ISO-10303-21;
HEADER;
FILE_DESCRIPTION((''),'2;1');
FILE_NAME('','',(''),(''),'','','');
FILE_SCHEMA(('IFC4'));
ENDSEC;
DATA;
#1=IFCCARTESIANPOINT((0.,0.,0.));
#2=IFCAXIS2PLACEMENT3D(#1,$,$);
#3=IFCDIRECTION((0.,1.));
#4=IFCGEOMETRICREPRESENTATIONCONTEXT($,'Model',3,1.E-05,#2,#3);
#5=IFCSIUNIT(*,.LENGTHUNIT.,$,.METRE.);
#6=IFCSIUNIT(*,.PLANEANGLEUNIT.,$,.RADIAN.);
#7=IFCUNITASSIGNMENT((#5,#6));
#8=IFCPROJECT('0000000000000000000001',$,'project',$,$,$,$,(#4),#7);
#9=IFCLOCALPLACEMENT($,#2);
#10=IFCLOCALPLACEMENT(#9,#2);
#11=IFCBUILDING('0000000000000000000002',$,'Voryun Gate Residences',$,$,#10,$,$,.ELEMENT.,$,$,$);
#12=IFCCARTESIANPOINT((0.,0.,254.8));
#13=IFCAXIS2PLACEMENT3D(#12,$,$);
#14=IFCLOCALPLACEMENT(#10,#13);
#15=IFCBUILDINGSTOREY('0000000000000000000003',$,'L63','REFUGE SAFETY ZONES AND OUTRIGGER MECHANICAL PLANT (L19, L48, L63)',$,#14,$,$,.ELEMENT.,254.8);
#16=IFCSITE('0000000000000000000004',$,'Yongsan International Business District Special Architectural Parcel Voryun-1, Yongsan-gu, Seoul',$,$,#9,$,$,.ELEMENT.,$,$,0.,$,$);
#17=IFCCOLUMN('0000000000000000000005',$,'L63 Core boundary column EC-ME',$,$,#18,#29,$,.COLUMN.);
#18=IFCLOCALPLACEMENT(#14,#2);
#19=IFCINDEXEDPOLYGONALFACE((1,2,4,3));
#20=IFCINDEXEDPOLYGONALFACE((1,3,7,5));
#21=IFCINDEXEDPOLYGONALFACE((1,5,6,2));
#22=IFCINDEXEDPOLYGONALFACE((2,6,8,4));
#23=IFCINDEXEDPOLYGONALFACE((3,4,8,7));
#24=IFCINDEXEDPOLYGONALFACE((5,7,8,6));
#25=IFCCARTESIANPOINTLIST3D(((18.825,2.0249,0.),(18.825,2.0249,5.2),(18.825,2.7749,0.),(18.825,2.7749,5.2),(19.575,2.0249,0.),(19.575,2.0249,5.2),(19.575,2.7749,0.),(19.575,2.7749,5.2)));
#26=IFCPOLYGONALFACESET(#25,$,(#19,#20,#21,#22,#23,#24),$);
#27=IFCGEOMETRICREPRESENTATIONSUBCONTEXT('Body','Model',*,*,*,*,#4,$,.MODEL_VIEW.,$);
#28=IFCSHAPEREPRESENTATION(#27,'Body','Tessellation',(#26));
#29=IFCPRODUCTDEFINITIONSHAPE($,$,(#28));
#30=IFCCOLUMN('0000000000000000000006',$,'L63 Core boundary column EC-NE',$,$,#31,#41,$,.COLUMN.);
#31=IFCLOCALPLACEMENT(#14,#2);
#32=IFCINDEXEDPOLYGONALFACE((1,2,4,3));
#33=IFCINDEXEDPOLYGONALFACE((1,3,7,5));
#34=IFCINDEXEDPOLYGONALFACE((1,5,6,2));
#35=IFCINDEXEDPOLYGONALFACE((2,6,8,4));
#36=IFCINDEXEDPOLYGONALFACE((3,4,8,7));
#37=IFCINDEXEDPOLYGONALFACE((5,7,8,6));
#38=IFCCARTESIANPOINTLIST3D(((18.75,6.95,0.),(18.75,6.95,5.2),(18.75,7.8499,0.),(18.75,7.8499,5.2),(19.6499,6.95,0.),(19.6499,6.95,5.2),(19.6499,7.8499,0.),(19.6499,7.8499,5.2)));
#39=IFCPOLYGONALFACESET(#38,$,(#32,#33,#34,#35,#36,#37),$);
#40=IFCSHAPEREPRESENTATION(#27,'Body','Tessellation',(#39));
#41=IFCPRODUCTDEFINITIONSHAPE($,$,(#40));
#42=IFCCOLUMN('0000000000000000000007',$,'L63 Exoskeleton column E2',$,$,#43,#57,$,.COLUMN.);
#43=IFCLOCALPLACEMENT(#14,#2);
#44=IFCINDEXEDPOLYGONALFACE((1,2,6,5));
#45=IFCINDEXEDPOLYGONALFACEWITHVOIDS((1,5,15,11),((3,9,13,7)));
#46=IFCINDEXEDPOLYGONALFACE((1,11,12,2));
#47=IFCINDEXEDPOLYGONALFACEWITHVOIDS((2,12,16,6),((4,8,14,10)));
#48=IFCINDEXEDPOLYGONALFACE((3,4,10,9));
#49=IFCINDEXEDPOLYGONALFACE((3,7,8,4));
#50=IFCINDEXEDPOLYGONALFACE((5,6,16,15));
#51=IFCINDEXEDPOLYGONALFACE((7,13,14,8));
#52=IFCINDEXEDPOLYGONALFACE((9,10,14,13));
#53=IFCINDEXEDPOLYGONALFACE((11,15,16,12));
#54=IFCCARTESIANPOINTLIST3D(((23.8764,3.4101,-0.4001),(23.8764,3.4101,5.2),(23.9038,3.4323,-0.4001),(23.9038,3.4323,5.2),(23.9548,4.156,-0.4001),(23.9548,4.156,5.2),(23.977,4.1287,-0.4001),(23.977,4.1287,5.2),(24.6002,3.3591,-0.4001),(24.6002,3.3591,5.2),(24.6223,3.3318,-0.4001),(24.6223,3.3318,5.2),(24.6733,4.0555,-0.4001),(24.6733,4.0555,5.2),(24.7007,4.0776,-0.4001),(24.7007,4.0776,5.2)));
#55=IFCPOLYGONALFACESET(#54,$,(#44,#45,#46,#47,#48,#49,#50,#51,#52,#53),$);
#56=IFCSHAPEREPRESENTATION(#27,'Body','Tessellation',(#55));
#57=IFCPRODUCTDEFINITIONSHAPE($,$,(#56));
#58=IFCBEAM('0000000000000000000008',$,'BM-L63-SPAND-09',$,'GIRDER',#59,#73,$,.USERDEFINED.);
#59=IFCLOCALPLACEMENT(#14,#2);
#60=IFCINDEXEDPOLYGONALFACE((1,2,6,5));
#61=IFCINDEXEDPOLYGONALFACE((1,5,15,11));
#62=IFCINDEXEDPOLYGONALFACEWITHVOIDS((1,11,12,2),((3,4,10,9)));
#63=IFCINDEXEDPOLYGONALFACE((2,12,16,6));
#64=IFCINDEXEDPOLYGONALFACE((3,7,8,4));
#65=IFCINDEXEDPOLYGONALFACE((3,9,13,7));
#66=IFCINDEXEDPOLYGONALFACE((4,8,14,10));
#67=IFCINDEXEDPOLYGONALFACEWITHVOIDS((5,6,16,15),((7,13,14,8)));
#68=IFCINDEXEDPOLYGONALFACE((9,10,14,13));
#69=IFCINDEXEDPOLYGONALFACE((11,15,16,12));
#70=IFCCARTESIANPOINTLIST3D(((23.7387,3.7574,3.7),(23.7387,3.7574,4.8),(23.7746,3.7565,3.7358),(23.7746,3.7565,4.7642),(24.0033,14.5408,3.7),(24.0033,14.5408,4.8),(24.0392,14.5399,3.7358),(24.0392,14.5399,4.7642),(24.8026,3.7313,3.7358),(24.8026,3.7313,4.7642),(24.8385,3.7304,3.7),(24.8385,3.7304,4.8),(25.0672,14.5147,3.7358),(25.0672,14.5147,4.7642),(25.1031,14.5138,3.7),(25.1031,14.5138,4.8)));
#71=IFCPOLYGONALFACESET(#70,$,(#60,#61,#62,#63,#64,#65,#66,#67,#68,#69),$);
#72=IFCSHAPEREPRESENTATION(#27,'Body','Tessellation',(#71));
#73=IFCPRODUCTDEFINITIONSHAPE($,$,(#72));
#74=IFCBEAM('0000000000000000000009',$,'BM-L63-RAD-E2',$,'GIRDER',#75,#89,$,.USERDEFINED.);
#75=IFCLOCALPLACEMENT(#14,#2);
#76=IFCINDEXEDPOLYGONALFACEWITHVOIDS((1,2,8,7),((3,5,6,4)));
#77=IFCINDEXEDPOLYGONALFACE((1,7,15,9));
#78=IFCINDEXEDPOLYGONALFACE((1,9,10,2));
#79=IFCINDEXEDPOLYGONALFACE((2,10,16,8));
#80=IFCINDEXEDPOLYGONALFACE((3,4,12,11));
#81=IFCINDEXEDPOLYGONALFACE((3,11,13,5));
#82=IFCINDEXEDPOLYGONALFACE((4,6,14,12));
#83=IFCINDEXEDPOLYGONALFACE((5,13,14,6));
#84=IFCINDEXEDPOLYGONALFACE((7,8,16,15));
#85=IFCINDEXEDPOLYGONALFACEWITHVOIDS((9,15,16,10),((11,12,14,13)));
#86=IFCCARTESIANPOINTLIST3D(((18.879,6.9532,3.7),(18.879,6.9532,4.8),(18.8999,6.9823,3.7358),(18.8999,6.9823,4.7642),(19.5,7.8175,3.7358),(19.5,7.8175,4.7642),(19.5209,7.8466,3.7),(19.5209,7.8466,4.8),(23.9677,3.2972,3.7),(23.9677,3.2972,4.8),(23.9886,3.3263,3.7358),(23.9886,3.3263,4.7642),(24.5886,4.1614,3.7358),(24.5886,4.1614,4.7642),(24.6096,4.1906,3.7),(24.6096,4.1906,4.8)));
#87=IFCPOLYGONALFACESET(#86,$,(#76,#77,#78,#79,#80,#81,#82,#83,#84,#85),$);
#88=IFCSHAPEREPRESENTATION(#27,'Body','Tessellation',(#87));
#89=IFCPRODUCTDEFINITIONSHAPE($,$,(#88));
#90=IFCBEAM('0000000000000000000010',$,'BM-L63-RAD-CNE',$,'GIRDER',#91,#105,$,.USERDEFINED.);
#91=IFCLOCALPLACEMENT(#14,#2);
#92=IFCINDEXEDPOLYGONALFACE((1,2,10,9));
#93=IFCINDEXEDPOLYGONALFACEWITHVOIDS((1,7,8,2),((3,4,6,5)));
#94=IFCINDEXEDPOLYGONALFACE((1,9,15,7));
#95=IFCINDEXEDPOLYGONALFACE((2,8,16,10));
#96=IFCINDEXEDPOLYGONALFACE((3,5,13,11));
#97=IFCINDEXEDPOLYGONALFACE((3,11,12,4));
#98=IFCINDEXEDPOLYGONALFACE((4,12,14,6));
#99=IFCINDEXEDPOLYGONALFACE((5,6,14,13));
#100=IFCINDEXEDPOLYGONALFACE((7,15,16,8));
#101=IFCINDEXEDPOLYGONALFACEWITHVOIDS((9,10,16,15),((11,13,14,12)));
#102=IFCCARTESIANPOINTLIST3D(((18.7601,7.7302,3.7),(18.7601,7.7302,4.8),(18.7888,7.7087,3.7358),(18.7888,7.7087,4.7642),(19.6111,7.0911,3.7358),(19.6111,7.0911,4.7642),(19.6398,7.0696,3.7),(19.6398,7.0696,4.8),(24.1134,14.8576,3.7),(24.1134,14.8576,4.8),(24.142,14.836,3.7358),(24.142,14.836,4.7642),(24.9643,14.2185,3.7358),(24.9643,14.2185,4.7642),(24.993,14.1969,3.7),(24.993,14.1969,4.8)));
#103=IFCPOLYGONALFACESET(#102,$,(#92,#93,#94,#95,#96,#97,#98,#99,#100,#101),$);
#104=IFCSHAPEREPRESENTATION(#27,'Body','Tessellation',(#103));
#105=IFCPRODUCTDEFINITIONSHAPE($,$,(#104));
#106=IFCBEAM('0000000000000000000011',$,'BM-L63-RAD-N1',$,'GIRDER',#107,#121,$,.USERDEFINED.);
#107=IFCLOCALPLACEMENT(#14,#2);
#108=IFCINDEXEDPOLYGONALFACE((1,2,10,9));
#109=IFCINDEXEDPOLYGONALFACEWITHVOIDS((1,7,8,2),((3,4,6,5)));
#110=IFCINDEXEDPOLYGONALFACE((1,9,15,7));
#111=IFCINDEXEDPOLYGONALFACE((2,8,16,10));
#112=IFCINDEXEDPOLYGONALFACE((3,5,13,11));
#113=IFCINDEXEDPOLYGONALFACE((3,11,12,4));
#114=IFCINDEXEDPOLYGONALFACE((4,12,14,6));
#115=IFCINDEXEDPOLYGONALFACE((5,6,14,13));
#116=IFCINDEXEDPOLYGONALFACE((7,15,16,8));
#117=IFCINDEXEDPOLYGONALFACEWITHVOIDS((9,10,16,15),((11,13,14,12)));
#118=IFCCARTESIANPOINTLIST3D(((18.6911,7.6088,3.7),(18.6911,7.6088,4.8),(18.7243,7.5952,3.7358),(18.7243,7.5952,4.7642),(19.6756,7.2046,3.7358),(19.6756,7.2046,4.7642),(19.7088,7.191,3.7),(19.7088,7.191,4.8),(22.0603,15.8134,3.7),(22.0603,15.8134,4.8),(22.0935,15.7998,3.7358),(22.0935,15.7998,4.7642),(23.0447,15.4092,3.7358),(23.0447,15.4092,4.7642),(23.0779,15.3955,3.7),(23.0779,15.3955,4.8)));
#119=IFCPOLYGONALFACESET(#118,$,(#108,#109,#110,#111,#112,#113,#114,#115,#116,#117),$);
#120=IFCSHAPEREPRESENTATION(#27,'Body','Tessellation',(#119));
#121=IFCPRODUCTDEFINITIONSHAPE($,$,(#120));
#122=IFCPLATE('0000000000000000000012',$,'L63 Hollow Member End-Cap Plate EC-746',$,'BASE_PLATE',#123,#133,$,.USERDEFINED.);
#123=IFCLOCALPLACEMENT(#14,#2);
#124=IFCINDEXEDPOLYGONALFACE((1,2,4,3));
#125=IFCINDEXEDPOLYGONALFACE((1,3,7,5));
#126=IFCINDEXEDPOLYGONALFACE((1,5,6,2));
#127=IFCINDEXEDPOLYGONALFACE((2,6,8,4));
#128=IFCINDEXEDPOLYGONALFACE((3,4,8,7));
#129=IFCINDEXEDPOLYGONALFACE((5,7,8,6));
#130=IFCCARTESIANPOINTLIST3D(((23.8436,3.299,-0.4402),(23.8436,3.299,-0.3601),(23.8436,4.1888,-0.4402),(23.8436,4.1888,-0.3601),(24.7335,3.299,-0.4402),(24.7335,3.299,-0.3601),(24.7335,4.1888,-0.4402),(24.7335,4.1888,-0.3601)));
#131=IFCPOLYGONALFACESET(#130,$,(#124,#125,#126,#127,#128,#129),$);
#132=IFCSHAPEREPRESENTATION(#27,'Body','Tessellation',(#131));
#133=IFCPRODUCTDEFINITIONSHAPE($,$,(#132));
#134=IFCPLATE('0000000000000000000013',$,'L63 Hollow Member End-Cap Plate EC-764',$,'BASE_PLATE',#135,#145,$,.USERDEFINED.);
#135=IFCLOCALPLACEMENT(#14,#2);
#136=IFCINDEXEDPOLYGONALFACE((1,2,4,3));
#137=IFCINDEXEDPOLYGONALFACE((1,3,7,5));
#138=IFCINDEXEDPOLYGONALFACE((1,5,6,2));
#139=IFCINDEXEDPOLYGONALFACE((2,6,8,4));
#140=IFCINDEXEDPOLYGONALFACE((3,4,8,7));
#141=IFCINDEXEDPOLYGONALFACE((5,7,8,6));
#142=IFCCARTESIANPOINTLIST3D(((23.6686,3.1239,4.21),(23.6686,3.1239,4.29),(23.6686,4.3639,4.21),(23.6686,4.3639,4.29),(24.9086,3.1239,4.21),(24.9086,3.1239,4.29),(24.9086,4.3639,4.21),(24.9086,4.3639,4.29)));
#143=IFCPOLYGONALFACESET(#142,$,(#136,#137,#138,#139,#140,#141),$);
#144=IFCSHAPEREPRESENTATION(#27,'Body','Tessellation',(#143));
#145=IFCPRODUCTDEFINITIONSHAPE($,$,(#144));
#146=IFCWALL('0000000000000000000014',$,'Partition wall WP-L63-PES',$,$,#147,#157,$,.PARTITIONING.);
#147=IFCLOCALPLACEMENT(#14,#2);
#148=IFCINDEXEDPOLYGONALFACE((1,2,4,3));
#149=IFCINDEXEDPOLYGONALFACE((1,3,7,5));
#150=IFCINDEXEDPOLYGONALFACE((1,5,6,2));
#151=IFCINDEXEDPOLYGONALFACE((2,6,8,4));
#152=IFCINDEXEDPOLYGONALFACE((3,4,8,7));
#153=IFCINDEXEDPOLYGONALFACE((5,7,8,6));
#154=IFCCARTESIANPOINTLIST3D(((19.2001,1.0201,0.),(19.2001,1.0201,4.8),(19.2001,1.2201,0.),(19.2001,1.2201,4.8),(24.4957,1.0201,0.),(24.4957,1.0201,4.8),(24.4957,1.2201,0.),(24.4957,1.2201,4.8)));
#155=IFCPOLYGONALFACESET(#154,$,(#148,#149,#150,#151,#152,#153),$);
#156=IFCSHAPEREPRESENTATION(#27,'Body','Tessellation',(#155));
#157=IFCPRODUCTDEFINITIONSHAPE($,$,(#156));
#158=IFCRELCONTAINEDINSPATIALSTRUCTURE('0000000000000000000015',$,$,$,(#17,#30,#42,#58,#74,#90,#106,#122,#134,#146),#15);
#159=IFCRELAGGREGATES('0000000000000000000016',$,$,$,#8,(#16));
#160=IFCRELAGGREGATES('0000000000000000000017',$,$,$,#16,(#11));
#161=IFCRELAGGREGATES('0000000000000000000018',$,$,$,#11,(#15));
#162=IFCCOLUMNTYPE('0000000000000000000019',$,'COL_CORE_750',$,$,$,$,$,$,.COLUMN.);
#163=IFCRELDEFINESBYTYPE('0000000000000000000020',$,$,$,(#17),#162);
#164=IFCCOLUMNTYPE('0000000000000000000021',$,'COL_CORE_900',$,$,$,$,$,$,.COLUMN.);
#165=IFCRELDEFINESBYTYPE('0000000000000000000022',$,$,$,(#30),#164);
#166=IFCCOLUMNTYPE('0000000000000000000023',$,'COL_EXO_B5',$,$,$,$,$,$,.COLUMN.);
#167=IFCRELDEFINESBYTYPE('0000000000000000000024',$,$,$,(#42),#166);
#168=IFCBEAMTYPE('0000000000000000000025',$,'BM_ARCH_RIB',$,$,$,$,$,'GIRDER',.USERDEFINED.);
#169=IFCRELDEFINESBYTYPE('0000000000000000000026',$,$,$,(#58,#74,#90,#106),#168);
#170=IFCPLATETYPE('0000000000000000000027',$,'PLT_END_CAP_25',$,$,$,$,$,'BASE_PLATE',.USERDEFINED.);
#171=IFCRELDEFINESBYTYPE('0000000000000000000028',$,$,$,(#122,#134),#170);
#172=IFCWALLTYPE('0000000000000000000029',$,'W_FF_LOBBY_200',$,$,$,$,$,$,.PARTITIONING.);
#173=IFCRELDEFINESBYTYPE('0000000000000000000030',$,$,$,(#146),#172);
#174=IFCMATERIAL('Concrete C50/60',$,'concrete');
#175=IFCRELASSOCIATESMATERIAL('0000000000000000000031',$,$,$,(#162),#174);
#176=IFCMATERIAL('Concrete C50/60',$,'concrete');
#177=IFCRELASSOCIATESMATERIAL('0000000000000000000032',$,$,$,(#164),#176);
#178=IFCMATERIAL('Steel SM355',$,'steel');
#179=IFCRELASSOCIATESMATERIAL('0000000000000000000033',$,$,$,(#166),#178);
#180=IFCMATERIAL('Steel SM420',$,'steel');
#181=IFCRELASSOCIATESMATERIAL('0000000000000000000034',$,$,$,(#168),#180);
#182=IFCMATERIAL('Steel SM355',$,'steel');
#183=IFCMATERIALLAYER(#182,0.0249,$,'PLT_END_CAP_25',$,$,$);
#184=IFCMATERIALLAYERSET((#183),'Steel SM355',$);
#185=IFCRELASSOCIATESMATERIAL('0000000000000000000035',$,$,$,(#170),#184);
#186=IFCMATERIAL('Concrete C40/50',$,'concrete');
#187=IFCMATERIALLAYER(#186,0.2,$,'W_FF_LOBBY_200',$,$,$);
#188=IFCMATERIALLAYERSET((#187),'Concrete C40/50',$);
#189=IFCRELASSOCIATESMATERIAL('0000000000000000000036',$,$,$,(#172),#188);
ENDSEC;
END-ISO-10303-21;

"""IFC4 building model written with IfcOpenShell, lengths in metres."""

from ifc_helpers import new_model, si_unit, direction, frame, frame_2d, origin, origin_2d, place, context, subcontext, project, spatial, rectangle, hollow_rectangle, extrude, material, layer, layer_set, material_profile, profile_set, type_object, element, save


model = new_model("IFC4")

# Units and contexts
model_context = context("Model", 3, precision=1e-05, world=origin(), true_north=direction((0.0, 1.0)))
body_context = subcontext(model_context, "Body", "Model", "MODEL_VIEW")
ifc_project = project(units=[si_unit("LENGTHUNIT", "METRE"), si_unit("PLANEANGLEUNIT", "RADIAN")], contexts=[model_context])

# Site, building, storey
site_placement = place(None, origin())
site = spatial("IfcSite", under=ifc_project, at=site_placement, Name="Yongsan International Business District Special Architectural Parcel Voryun-1, Yongsan-gu, Seoul", CompositionType="ELEMENT", RefElevation=0.0)
building_placement = place(site_placement, origin())
building = spatial("IfcBuilding", under=site, at=building_placement, Name="Voryun Gate Residences", CompositionType="ELEMENT")
storey_placement = place(building_placement, frame((0.0, 0.0, 254.8)))
storey = spatial("IfcBuildingStorey", under=building, at=storey_placement, Name="L63", Description="REFUGE SAFETY ZONES AND OUTRIGGER MECHANICAL PLANT (L19, L48, L63)", CompositionType="ELEMENT", Elevation=254.8)

# Columns
ifc_material_1 = material(Name="Concrete C50/60", Category="concrete")
ifc_material_profile_1 = material_profile(ifc_material_1, rectangle(XDim=0.75, YDim=0.75, at=origin_2d()), Name="RC-750x750")
ifc_profile_set_1 = profile_set([ifc_material_profile_1], Name="Concrete C50/60")
column_type_1 = type_object("IfcColumnType", Name="COL_CORE_750", PredefinedType="COLUMN", material=ifc_profile_set_1)
column_1_placement = place(storey_placement, frame((19.2, 2.3999, 0.0), z_axis=(0.0, 0.0, 1.0), x_axis=(1.0, 0.0, 0.0)))
element("IfcColumn", 1, at=column_1_placement, inside=storey, type_object=column_type_1, Name="L63 Core boundary column EC-ME", PredefinedType="COLUMN", context=body_context, shape_type="SweptSolid", body=[
    extrude(rectangle(XDim=0.75, YDim=0.75, at=origin_2d()), origin(), (0.0, 0.0, 1.0), 5.2),
])
ifc_material_2 = material(Name="Concrete C50/60", Category="concrete")
ifc_material_profile_2 = material_profile(ifc_material_2, rectangle(XDim=0.8999, YDim=0.8999, at=origin_2d()), Name="RC-900x900")
ifc_profile_set_2 = profile_set([ifc_material_profile_2], Name="Concrete C50/60")
column_type_2 = type_object("IfcColumnType", Name="COL_CORE_900", PredefinedType="COLUMN", material=ifc_profile_set_2)
column_2_placement = place(storey_placement, frame((19.2, 7.3999, 0.0), z_axis=(0.0, 0.0, 1.0), x_axis=(1.0, 0.0, 0.0)))
element("IfcColumn", 2, at=column_2_placement, inside=storey, type_object=column_type_2, Name="L63 Core boundary column EC-NE", PredefinedType="COLUMN", context=body_context, shape_type="SweptSolid", body=[
    extrude(rectangle(XDim=0.8999, YDim=0.8999, at=origin_2d()), origin(), (0.0, 0.0, 1.0), 5.2),
])
ifc_material_3 = material(Name="Steel SM355", Category="steel")
ifc_material_profile_3 = material_profile(ifc_material_3, hollow_rectangle(XDim=0.75, YDim=0.75, WallThickness=0.0249, at=origin_2d()), Name="BOX-750x750x25")
ifc_profile_set_3 = profile_set([ifc_material_profile_3], Name="Steel SM355")
column_type_3 = type_object("IfcColumnType", Name="COL_EXO_B5", PredefinedType="COLUMN", material=ifc_profile_set_3)
column_3_placement = place(storey_placement, frame((24.2886, 3.7439, -0.4001), z_axis=(0.0, 0.0, 1.0), x_axis=(0.994522, -0.104528, 0.0)))
element("IfcColumn", 3, at=column_3_placement, inside=storey, type_object=column_type_3, Name="L63 Exoskeleton column E2", PredefinedType="COLUMN", context=body_context, shape_type="SweptSolid", body=[
    extrude(hollow_rectangle(XDim=0.75, YDim=0.75, WallThickness=0.0249, at=origin_2d()), origin(), (0.0, 0.0, 1.0), 5.6001),
])

# Beams
ifc_material_4 = material(Name="Steel SM420", Category="steel")
ifc_material_profile_4 = material_profile(ifc_material_4, hollow_rectangle(XDim=1.1001, YDim=1.1001, WallThickness=0.0359, at=origin_2d()), Name="BOX-1100x1100x36")
ifc_profile_set_4 = profile_set([ifc_material_profile_4], Name="Steel SM420")
beam_type = type_object("IfcBeamType", Name="BM_ARCH_RIB", ElementType="GIRDER", PredefinedType="USERDEFINED", material=ifc_profile_set_4)
beam_1_placement = place(storey_placement, frame((24.2886, 3.7439, 4.25), z_axis=(0.024535, 0.999699, 0.0), x_axis=(-0.999699, 0.024535, 0.0)))
element("IfcBeam", 4, at=beam_1_placement, inside=storey, type_object=beam_type, Name="BM-L63-SPAND-09", ObjectType="GIRDER", PredefinedType="USERDEFINED", context=body_context, shape_type="SweptSolid", body=[
    extrude(hollow_rectangle(XDim=1.1001, YDim=1.1001, WallThickness=0.0359, at=origin_2d()), origin(), (0.0, 0.0, 1.0), 10.7866),
])
beam_2_placement = place(storey_placement, frame((19.2, 7.3999, 4.25), z_axis=(0.812124, -0.583484, 0.0), x_axis=(0.583484, 0.812124, 0.0)))
element("IfcBeam", 5, at=beam_2_placement, inside=storey, type_object=beam_type, Name="BM-L63-RAD-E2", ObjectType="GIRDER", PredefinedType="USERDEFINED", context=body_context, shape_type="SweptSolid", body=[
    extrude(hollow_rectangle(XDim=1.1001, YDim=1.1001, WallThickness=0.0359, at=origin_2d()), origin(), (0.0, 0.0, 1.0), 6.2659),
])
beam_3_placement = place(storey_placement, frame((19.2, 7.3999, 4.25), z_axis=(0.600552, 0.799586, 0.0), x_axis=(-0.799586, 0.600552, 0.0)))
element("IfcBeam", 6, at=beam_3_placement, inside=storey, type_object=beam_type, Name="BM-L63-RAD-CNE", ObjectType="GIRDER", PredefinedType="USERDEFINED", context=body_context, shape_type="SweptSolid", body=[
    extrude(hollow_rectangle(XDim=1.1001, YDim=1.1001, WallThickness=0.0359, at=origin_2d()), origin(), (0.0, 0.0, 1.0), 8.9138),
])
beam_4_placement = place(storey_placement, frame((19.2, 7.3999, 4.25), z_axis=(0.379861, 0.925044, 0.0), x_axis=(-0.925044, 0.379861, 0.0)))
element("IfcBeam", 7, at=beam_4_placement, inside=storey, type_object=beam_type, Name="BM-L63-RAD-N1", ObjectType="GIRDER", PredefinedType="USERDEFINED", context=body_context, shape_type="SweptSolid", body=[
    extrude(hollow_rectangle(XDim=1.1001, YDim=1.1001, WallThickness=0.0359, at=origin_2d()), origin(), (0.0, 0.0, 1.0), 8.8694),
])

# Plates
ifc_material_5 = material(Name="Steel SM355", Category="steel")
ifc_layer_1 = layer(ifc_material_5, 0.0249, Name="PLT_END_CAP_25")
ifc_layer_set_1 = layer_set([ifc_layer_1], Name="Steel SM355")
plate_type = type_object("IfcPlateType", Name="PLT_END_CAP_25", ElementType="BASE_PLATE", PredefinedType="USERDEFINED", material=ifc_layer_set_1)
plate_1_placement = place(storey_placement, frame((24.2886, 3.7439, -0.4402), z_axis=(0.0, 0.0, 1.0), x_axis=(1.0, 0.0, 0.0)))
element("IfcPlate", 8, at=plate_1_placement, inside=storey, type_object=plate_type, Name="L63 Hollow Member End-Cap Plate EC-746", ObjectType="BASE_PLATE", PredefinedType="USERDEFINED", context=body_context, shape_type="SweptSolid", body=[
    extrude(rectangle(XDim=0.8899, YDim=0.8899, at=origin_2d()), origin(), (0.0, 0.0, 1.0), 0.0801),
])
plate_2_placement = place(storey_placement, frame((24.2886, 3.7439, 4.21), z_axis=(0.0, 0.0, 1.0), x_axis=(1.0, 0.0, 0.0)))
element("IfcPlate", 9, at=plate_2_placement, inside=storey, type_object=plate_type, Name="L63 Hollow Member End-Cap Plate EC-764", ObjectType="BASE_PLATE", PredefinedType="USERDEFINED", context=body_context, shape_type="SweptSolid", body=[
    extrude(rectangle(XDim=1.24, YDim=1.24, at=origin_2d()), origin(), (0.0, 0.0, 1.0), 0.0801),
])

# Wall
ifc_material_6 = material(Name="Concrete C40/50", Category="concrete")
ifc_layer_2 = layer(ifc_material_6, 0.2, Name="W_FF_LOBBY_200")
ifc_layer_set_2 = layer_set([ifc_layer_2], Name="Concrete C40/50")
wall_type_1 = type_object("IfcWallType", Name="W_FF_LOBBY_200", PredefinedType="PARTITIONING", material=ifc_layer_set_2)
wall_1_placement = place(storey_placement, frame((19.2, 1.1201, 0.0), z_axis=(0.0, 0.0, 1.0), x_axis=(1.0, 0.0, 0.0)))
element("IfcWall", 10, at=wall_1_placement, inside=storey, type_object=wall_type_1, Name="Partition wall WP-L63-PES", PredefinedType="PARTITIONING", context=body_context, shape_type="SweptSolid", body=[
    extrude(rectangle(XDim=5.2957, YDim=0.2, at=frame_2d((2.6479, 0.0))), origin(), (0.0, 0.0, 1.0), 4.8),
])

save(model, "model.ifc")
